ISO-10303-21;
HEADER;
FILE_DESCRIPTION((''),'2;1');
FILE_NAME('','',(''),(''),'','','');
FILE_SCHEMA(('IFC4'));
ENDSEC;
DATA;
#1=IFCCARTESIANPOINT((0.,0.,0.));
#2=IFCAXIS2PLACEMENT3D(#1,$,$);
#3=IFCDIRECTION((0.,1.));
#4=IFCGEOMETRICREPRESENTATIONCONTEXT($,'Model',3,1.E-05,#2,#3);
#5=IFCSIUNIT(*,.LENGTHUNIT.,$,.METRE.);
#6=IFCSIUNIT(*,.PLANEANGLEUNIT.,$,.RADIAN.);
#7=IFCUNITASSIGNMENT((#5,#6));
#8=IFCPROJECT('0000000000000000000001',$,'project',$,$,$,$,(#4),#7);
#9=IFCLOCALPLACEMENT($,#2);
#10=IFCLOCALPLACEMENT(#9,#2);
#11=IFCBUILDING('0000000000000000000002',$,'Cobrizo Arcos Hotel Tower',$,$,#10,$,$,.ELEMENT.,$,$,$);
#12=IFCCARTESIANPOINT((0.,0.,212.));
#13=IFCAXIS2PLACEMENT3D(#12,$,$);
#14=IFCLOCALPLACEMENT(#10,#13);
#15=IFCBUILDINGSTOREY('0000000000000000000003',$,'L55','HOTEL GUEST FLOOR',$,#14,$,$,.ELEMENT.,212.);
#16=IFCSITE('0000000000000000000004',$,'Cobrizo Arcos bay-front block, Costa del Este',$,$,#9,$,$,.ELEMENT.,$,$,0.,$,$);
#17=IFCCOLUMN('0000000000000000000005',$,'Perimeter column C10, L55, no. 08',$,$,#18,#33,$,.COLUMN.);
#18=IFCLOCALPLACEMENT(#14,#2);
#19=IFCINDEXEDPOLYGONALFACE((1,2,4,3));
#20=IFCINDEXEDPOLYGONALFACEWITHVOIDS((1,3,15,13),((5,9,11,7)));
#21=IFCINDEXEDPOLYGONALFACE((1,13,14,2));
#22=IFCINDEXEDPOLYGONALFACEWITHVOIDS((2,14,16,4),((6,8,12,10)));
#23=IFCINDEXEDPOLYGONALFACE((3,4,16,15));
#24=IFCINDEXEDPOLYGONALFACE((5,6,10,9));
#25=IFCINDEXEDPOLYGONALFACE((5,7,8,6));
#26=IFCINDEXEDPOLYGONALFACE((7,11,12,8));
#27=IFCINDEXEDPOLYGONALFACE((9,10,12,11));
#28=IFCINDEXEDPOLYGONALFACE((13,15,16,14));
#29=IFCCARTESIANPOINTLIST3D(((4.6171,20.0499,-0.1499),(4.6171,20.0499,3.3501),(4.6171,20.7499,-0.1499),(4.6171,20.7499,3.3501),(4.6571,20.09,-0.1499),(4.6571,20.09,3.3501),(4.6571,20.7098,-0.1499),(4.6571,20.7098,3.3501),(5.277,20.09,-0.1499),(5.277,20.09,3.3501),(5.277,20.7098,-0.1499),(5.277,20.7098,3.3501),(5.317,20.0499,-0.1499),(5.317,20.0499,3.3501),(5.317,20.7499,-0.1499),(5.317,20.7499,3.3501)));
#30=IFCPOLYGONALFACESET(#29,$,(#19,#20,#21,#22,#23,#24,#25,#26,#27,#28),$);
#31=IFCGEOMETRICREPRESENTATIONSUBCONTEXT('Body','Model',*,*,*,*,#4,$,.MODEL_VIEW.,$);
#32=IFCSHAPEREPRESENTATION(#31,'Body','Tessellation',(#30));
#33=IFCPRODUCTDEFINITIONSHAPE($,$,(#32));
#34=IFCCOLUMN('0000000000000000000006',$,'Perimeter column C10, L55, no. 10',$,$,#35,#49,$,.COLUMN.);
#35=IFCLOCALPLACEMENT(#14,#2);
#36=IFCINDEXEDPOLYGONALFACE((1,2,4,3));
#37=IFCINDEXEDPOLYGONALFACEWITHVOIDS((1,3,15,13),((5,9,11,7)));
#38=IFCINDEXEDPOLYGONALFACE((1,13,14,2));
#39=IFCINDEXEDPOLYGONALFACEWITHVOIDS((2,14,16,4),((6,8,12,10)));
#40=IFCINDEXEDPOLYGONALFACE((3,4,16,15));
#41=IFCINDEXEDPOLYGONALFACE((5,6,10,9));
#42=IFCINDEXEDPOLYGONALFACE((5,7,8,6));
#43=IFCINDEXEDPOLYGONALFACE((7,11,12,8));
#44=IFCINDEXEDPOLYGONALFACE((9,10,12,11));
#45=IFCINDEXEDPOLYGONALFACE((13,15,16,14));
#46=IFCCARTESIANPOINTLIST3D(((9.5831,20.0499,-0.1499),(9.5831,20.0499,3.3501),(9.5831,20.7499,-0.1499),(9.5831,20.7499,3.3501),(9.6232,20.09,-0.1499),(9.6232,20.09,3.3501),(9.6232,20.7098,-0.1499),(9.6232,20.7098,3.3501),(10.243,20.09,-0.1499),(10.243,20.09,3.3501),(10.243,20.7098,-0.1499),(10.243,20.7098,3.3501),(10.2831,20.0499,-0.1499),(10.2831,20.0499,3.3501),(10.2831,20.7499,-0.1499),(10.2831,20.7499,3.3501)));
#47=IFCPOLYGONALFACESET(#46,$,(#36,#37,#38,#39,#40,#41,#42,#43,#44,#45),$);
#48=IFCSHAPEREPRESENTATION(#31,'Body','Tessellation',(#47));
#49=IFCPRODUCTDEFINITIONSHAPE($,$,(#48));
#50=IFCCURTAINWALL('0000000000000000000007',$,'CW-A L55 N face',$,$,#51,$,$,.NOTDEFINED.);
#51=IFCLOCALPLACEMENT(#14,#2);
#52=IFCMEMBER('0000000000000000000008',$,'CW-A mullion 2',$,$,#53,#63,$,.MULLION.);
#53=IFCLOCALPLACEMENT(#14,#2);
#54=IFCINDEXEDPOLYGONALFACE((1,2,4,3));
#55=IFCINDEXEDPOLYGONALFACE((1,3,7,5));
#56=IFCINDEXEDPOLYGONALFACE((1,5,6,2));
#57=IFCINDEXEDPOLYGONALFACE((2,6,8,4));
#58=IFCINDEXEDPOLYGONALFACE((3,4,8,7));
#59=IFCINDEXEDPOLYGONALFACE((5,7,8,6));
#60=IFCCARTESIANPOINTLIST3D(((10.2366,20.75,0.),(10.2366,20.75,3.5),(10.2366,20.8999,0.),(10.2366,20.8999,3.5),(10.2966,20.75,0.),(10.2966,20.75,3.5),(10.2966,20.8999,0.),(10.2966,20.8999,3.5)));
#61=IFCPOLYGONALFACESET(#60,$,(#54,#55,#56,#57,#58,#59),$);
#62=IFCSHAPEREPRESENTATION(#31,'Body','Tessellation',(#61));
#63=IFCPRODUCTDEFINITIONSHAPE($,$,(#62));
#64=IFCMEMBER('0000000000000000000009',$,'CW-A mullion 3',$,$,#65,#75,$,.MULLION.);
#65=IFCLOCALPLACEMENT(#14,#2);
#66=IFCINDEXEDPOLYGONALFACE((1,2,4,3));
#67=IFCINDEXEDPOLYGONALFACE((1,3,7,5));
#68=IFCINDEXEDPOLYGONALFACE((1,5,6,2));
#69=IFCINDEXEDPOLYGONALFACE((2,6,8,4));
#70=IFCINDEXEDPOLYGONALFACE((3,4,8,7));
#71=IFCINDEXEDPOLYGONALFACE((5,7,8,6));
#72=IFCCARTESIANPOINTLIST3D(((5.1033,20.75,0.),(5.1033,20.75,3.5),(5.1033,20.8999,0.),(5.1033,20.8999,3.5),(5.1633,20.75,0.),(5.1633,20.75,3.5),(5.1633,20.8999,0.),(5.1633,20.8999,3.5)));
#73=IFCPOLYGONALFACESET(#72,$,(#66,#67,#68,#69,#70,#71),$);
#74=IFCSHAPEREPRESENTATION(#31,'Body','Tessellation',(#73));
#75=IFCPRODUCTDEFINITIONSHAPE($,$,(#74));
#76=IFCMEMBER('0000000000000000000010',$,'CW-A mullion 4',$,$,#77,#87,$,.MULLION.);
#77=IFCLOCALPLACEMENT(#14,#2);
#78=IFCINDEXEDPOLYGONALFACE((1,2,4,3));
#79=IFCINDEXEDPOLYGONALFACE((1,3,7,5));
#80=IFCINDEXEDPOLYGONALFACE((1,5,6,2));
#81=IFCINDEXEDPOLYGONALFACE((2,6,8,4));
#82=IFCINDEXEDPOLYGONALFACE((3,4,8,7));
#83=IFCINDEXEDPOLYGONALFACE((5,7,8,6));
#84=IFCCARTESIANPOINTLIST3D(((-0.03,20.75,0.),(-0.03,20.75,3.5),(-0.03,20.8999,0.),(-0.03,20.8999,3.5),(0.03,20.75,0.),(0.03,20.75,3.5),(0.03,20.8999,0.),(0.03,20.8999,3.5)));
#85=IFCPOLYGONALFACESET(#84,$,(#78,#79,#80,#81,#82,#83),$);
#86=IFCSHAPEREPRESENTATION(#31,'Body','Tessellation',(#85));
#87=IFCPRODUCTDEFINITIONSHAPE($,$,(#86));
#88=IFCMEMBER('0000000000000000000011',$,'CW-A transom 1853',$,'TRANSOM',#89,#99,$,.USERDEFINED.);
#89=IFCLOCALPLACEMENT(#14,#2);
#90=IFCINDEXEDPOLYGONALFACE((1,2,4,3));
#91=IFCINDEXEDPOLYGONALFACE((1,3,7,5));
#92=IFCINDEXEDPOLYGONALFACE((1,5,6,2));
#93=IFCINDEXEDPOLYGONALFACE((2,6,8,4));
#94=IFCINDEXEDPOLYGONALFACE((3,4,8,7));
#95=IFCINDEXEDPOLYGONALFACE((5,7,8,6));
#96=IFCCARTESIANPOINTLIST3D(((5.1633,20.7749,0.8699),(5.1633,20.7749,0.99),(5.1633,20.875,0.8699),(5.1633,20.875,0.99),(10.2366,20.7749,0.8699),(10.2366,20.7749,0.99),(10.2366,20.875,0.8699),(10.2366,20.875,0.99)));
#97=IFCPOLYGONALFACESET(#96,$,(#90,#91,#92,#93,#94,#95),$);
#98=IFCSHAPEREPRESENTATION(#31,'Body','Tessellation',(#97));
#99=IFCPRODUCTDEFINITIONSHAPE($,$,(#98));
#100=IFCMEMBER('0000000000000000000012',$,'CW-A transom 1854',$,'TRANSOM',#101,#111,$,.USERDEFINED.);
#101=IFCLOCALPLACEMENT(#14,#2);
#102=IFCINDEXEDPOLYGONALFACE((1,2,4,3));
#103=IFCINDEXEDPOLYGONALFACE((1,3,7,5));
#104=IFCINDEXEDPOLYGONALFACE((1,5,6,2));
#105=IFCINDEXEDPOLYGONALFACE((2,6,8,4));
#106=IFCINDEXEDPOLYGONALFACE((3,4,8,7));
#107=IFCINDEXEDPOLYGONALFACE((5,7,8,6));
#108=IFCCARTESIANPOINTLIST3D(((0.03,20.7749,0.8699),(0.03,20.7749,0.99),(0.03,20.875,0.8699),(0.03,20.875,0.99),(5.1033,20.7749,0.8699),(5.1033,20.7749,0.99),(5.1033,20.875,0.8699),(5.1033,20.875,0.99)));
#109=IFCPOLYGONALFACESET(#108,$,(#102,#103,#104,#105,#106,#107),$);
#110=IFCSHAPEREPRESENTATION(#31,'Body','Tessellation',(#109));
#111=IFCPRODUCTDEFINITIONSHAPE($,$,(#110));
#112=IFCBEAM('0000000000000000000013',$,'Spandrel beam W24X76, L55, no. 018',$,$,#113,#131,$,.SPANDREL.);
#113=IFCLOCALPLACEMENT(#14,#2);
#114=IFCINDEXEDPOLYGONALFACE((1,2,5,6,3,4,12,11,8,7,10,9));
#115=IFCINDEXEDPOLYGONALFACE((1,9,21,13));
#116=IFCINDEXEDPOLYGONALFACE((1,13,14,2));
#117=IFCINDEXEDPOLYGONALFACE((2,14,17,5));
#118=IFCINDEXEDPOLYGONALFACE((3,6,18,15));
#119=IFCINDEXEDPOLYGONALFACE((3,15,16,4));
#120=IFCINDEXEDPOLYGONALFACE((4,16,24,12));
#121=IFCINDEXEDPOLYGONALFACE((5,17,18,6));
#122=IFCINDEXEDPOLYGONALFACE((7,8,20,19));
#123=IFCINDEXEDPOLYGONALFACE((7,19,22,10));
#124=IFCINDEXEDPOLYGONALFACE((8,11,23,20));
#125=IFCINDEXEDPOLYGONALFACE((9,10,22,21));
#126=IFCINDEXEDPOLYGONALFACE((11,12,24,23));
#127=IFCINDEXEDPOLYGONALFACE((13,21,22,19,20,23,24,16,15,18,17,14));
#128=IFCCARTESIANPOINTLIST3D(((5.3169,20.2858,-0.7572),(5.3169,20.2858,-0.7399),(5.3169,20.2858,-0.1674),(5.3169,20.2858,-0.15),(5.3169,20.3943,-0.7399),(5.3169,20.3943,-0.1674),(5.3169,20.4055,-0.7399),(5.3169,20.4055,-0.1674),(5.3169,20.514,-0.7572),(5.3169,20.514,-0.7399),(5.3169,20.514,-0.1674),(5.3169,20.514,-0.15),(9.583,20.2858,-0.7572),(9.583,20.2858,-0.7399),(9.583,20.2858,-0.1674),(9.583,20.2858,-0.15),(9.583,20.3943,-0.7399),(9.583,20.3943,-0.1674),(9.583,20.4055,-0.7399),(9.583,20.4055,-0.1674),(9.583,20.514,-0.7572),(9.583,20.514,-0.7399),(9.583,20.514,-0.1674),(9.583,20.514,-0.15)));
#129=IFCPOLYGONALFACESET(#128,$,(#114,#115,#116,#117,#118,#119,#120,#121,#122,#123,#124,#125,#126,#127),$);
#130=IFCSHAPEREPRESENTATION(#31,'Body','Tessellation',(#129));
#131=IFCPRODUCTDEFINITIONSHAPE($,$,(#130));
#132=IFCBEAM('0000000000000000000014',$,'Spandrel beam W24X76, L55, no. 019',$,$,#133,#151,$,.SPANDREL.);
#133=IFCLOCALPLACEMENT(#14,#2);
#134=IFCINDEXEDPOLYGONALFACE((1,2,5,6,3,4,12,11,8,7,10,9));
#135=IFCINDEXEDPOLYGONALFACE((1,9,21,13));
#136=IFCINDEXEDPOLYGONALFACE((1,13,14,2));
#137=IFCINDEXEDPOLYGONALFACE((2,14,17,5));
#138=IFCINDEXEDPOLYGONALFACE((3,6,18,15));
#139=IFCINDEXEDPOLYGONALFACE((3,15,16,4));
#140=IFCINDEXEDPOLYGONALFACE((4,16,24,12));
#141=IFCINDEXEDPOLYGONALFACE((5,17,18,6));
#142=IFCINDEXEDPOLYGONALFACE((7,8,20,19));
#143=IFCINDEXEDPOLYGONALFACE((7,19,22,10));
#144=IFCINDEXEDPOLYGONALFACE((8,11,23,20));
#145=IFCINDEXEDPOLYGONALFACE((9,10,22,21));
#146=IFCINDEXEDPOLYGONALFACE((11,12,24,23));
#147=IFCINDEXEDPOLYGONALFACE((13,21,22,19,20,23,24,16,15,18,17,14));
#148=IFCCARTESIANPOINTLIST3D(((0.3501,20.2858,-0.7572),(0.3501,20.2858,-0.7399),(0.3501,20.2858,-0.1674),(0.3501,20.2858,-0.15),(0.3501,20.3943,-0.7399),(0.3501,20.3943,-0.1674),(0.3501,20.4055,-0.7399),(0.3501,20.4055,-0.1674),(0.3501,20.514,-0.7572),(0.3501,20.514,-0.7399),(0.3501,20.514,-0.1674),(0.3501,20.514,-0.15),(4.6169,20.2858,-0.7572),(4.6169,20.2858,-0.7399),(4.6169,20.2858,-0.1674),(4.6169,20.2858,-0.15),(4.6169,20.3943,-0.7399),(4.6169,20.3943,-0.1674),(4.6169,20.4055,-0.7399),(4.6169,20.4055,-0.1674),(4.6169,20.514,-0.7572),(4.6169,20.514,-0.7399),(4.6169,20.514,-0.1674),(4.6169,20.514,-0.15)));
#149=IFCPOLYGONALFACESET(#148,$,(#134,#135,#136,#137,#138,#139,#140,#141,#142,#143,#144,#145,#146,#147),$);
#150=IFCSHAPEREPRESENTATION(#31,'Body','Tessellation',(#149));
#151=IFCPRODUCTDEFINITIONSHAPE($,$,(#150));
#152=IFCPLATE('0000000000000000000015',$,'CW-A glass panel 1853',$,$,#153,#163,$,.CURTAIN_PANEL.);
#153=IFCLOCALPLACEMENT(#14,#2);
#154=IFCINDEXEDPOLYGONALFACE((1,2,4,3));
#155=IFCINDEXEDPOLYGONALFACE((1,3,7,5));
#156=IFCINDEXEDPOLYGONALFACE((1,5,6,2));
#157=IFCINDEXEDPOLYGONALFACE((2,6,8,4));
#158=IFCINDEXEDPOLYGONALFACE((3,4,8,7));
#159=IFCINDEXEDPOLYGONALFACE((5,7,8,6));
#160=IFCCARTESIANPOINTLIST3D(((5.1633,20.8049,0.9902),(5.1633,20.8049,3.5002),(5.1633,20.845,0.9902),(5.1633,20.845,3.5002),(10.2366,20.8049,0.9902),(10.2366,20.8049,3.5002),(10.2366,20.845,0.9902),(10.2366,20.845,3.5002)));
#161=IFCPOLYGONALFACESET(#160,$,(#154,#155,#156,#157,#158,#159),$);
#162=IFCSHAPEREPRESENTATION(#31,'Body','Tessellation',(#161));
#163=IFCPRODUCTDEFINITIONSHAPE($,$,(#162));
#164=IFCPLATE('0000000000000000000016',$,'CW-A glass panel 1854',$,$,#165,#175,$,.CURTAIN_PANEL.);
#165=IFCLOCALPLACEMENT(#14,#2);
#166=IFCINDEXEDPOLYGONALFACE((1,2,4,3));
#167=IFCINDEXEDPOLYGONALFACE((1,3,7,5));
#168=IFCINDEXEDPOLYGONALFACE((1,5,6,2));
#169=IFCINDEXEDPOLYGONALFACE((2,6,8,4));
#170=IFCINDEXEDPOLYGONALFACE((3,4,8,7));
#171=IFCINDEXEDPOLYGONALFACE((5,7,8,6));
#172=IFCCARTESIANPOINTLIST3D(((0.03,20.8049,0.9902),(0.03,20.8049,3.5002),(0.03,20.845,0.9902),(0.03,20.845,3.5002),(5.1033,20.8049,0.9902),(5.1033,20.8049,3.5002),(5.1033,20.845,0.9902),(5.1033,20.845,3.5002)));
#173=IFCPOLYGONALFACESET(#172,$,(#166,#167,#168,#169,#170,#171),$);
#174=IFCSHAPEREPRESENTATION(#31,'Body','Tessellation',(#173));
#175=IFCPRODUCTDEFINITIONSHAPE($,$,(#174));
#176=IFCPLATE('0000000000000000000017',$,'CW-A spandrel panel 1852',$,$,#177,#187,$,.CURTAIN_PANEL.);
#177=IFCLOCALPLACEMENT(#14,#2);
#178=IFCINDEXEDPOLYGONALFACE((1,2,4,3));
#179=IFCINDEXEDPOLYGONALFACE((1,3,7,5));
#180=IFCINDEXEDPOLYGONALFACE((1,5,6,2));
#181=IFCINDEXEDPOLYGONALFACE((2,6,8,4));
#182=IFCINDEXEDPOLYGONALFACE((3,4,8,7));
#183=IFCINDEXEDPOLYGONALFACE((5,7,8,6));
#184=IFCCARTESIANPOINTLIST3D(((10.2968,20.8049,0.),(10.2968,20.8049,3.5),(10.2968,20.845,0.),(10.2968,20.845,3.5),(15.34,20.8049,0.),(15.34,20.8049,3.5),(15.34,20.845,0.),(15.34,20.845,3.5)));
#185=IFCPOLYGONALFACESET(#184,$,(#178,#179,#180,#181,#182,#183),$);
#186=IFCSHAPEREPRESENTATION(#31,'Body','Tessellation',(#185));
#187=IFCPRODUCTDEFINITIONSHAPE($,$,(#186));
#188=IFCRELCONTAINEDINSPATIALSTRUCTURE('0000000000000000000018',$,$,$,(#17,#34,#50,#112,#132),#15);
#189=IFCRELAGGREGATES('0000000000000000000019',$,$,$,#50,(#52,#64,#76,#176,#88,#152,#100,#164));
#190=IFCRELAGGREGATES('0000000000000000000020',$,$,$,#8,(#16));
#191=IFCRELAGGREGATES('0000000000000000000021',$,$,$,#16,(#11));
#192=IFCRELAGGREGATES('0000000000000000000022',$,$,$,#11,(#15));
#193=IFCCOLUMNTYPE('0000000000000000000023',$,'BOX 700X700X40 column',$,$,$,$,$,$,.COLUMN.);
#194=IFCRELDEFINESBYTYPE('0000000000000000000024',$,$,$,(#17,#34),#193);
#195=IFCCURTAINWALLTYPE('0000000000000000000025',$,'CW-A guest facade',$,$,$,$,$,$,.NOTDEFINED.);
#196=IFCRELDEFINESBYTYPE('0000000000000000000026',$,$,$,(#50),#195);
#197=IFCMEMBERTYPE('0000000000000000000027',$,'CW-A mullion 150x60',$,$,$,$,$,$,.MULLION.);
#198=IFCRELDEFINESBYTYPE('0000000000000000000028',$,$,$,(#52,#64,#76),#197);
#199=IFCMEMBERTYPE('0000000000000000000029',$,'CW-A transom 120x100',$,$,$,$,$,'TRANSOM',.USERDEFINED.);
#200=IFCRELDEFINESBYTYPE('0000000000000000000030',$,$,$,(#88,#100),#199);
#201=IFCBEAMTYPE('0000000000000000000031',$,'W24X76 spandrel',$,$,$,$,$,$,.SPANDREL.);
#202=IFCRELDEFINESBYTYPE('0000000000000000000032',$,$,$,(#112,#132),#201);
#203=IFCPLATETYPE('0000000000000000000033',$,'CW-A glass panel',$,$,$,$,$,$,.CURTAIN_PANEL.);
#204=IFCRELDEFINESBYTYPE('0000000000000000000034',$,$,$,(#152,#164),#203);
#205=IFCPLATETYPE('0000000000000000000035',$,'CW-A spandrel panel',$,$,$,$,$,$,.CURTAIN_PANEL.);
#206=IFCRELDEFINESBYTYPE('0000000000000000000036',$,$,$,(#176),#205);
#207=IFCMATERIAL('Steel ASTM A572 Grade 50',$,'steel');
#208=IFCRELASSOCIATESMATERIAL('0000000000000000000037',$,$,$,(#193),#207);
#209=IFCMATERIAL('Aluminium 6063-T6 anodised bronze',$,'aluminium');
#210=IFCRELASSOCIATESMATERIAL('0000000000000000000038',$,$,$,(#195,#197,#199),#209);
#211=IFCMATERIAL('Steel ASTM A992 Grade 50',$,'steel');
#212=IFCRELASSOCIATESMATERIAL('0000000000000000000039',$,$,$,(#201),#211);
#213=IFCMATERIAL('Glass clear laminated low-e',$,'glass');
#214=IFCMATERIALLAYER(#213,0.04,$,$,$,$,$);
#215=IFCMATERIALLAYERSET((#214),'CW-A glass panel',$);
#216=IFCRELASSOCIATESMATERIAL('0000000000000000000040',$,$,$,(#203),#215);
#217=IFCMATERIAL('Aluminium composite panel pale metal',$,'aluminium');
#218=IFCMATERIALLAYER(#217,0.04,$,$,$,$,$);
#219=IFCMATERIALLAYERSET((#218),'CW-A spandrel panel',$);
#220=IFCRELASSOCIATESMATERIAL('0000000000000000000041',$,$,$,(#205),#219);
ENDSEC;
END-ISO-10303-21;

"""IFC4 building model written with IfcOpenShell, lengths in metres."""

from ifc_helpers import new_model, si_unit, direction, frame, origin, origin_2d, place, context, subcontext, project, spatial, rectangle, hollow_rectangle, i_section, extrude, material, layer, layer_set, material_profile, profile_set, type_object, element, aggregate, save


model = new_model("IFC4")

# Units and contexts
model_context = context("Model", 3, precision=1e-05, world=origin(), true_north=direction((0.0, 1.0)))
body_context = subcontext(model_context, "Body", "Model", "MODEL_VIEW")
ifc_project = project(units=[si_unit("LENGTHUNIT", "METRE"), si_unit("PLANEANGLEUNIT", "RADIAN")], contexts=[model_context])

# Site, building, storey
site_placement = place(None, origin())
site = spatial("IfcSite", under=ifc_project, at=site_placement, Name="Cobrizo Arcos bay-front block, Costa del Este", CompositionType="ELEMENT", RefElevation=0.0)
building_placement = place(site_placement, origin())
building = spatial("IfcBuilding", under=site, at=building_placement, Name="Cobrizo Arcos Hotel Tower", CompositionType="ELEMENT")
storey_placement = place(building_placement, frame((0.0, 0.0, 212.0)))
storey = spatial("IfcBuildingStorey", under=building, at=storey_placement, Name="L55", Description="HOTEL GUEST FLOOR", CompositionType="ELEMENT", Elevation=212.0)

# Columns
ifc_material_1 = material(Name="Steel ASTM A572 Grade 50", Category="steel")
ifc_material_profile_1 = material_profile(ifc_material_1, hollow_rectangle(XDim=0.7, YDim=0.7, WallThickness=0.04, at=origin_2d()), Name="BOX 700X700X40")
ifc_profile_set_1 = profile_set([ifc_material_profile_1], Name="Steel ASTM A572 Grade 50")
column_type = type_object("IfcColumnType", Name="BOX 700X700X40 column", PredefinedType="COLUMN", material=ifc_profile_set_1)
for number, where, z_axis, x_axis, name in (
    (1, (4.967, 20.3999, -0.1499), (0.0, 0.0, 1.0), (1.0, 0.0, 0.0), "Perimeter column C10, L55, no. 08"),
    (2, (9.9331, 20.3999, -0.1499), (0.0, 0.0, 1.0), (1.0, 0.0, 0.0), "Perimeter column C10, L55, no. 10"),
):
    element("IfcColumn", number, at=place(storey_placement, frame(where, z_axis=z_axis, x_axis=x_axis)), inside=storey, type_object=column_type, Name=name, PredefinedType="COLUMN", context=body_context, shape_type="SweptSolid", body=[
        extrude(hollow_rectangle(XDim=0.7, YDim=0.7, WallThickness=0.04, at=origin_2d()), origin(), (0.0, 0.0, 1.0), 3.5),
    ])

# Curtain wall, members
ifc_material_2 = material(Name="Aluminium 6063-T6 anodised bronze", Category="aluminium")
curtain_wall_type = type_object("IfcCurtainWallType", Name="CW-A guest facade", PredefinedType="NOTDEFINED", material=ifc_material_2)
curtain_wall_placement = place(storey_placement, origin())
curtain_wall = element("IfcCurtainWall", 3, at=curtain_wall_placement, inside=storey, type_object=curtain_wall_type, Name="CW-A L55 N face", PredefinedType="NOTDEFINED")
ifc_material_profile_2 = material_profile(ifc_material_2, rectangle(XDim=0.1499, YDim=0.0601, at=origin_2d()), Name="CW-A mullion 150x60")
ifc_profile_set_2 = profile_set([ifc_material_profile_2], Name="Aluminium 6063-T6 anodised bronze")
member_type_1 = type_object("IfcMemberType", Name="CW-A mullion 150x60", PredefinedType="MULLION", material=ifc_profile_set_2)
member_1_placement = place(storey_placement, frame((10.2666, 20.825, 0.0), z_axis=(0.0, 0.0, 1.0), x_axis=(0.0, 1.0, 0.0)))
member_1 = element("IfcMember", 4, at=member_1_placement, type_object=member_type_1, Name="CW-A mullion 2", PredefinedType="MULLION", context=body_context, shape_type="SweptSolid", body=[
    extrude(rectangle(XDim=0.1499, YDim=0.0601, at=origin_2d()), origin(), (0.0, 0.0, 1.0), 3.5),
])
member_2_placement = place(storey_placement, frame((5.1333, 20.825, 0.0), z_axis=(0.0, 0.0, 1.0), x_axis=(0.0, 1.0, 0.0)))
member_2 = element("IfcMember", 5, at=member_2_placement, type_object=member_type_1, Name="CW-A mullion 3", PredefinedType="MULLION", context=body_context, shape_type="SweptSolid", body=[
    extrude(rectangle(XDim=0.1499, YDim=0.0601, at=origin_2d()), origin(), (0.0, 0.0, 1.0), 3.5),
])
member_3_placement = place(storey_placement, frame((0.0, 20.825, 0.0), z_axis=(0.0, 0.0, 1.0), x_axis=(0.0, 1.0, 0.0)))
member_3 = element("IfcMember", 6, at=member_3_placement, type_object=member_type_1, Name="CW-A mullion 4", PredefinedType="MULLION", context=body_context, shape_type="SweptSolid", body=[
    extrude(rectangle(XDim=0.1499, YDim=0.0601, at=origin_2d()), origin(), (0.0, 0.0, 1.0), 3.5),
])
ifc_material_profile_3 = material_profile(ifc_material_2, rectangle(XDim=0.1001, YDim=0.1201, at=origin_2d()), Name="CW-A transom 120x100")
ifc_profile_set_3 = profile_set([ifc_material_profile_3], Name="Aluminium 6063-T6 anodised bronze")
member_type_2 = type_object("IfcMemberType", Name="CW-A transom 120x100", ElementType="TRANSOM", PredefinedType="USERDEFINED", material=ifc_profile_set_3)
member_4_placement = place(storey_placement, frame((10.2366, 20.825, 0.9299), z_axis=(-1.0, 0.0, 0.0), x_axis=(0.0, -1.0, 0.0)))
member_4 = element("IfcMember", 7, at=member_4_placement, type_object=member_type_2, Name="CW-A transom 1853", ObjectType="TRANSOM", PredefinedType="USERDEFINED", context=body_context, shape_type="SweptSolid", body=[
    extrude(rectangle(XDim=0.1001, YDim=0.1201, at=origin_2d()), origin(), (0.0, 0.0, 1.0), 5.0732),
])
member_5_placement = place(storey_placement, frame((5.1033, 20.825, 0.9299), z_axis=(-1.0, 0.0, 0.0), x_axis=(0.0, -1.0, 0.0)))
member_5 = element("IfcMember", 8, at=member_5_placement, type_object=member_type_2, Name="CW-A transom 1854", ObjectType="TRANSOM", PredefinedType="USERDEFINED", context=body_context, shape_type="SweptSolid", body=[
    extrude(rectangle(XDim=0.1001, YDim=0.1201, at=origin_2d()), origin(), (0.0, 0.0, 1.0), 5.0732),
])

# Beams
ifc_material_3 = material(Name="Steel ASTM A992 Grade 50", Category="steel")
ifc_material_profile_4 = material_profile(ifc_material_3, i_section(OverallWidth=0.2283, OverallDepth=0.6072, WebThickness=0.0112, FlangeThickness=0.0173, at=origin_2d()), Name="W24X76")
ifc_profile_set_4 = profile_set([ifc_material_profile_4], Name="Steel ASTM A992 Grade 50")
beam_type = type_object("IfcBeamType", Name="W24X76 spandrel", PredefinedType="SPANDREL", material=ifc_profile_set_4)
beam_1_placement = place(storey_placement, frame((9.583, 20.3999, -0.4536), z_axis=(-1.0, 0.0, 0.0), x_axis=(0.0, -1.0, 0.0)))
element("IfcBeam", 9, at=beam_1_placement, inside=storey, type_object=beam_type, Name="Spandrel beam W24X76, L55, no. 018", PredefinedType="SPANDREL", context=body_context, shape_type="SweptSolid", body=[
    extrude(i_section(OverallWidth=0.2283, OverallDepth=0.6072, WebThickness=0.0112, FlangeThickness=0.0173, at=origin_2d()), origin(), (0.0, 0.0, 1.0), 4.2661),
])
beam_2_placement = place(storey_placement, frame((4.6169, 20.3999, -0.4536), z_axis=(-1.0, 0.0, 0.0), x_axis=(0.0, -1.0, 0.0)))
element("IfcBeam", 10, at=beam_2_placement, inside=storey, type_object=beam_type, Name="Spandrel beam W24X76, L55, no. 019", PredefinedType="SPANDREL", context=body_context, shape_type="SweptSolid", body=[
    extrude(i_section(OverallWidth=0.2283, OverallDepth=0.6072, WebThickness=0.0112, FlangeThickness=0.0173, at=origin_2d()), origin(), (0.0, 0.0, 1.0), 4.2668),
])

# Plates
ifc_material_4 = material(Name="Glass clear laminated low-e", Category="glass")
ifc_layer_1 = layer(ifc_material_4, 0.04)
ifc_layer_set_1 = layer_set([ifc_layer_1], Name="CW-A glass panel")
plate_type_1 = type_object("IfcPlateType", Name="CW-A glass panel", PredefinedType="CURTAIN_PANEL", material=ifc_layer_set_1)
plate_1_placement = place(storey_placement, frame((7.7, 20.825, 0.9902), z_axis=(0.0, 0.0, 1.0), x_axis=(-1.0, 0.0, 0.0)))
plate_1 = element("IfcPlate", 11, at=plate_1_placement, type_object=plate_type_1, Name="CW-A glass panel 1853", PredefinedType="CURTAIN_PANEL", context=body_context, shape_type="SweptSolid", body=[
    extrude(rectangle(XDim=5.0732, YDim=0.04, at=origin_2d()), origin(), (0.0, 0.0, 1.0), 2.51),
])
plate_2_placement = place(storey_placement, frame((2.5667, 20.825, 0.9902), z_axis=(0.0, 0.0, 1.0), x_axis=(-1.0, 0.0, 0.0)))
plate_2 = element("IfcPlate", 12, at=plate_2_placement, type_object=plate_type_1, Name="CW-A glass panel 1854", PredefinedType="CURTAIN_PANEL", context=body_context, shape_type="SweptSolid", body=[
    extrude(rectangle(XDim=5.0732, YDim=0.04, at=origin_2d()), origin(), (0.0, 0.0, 1.0), 2.51),
])
ifc_material_5 = material(Name="Aluminium composite panel pale metal", Category="aluminium")
ifc_layer_2 = layer(ifc_material_5, 0.04)
ifc_layer_set_2 = layer_set([ifc_layer_2], Name="CW-A spandrel panel")
plate_type_2 = type_object("IfcPlateType", Name="CW-A spandrel panel", PredefinedType="CURTAIN_PANEL", material=ifc_layer_set_2)
plate_3_placement = place(storey_placement, frame((12.8184, 20.825, 0.0), z_axis=(0.0, 0.0, 1.0), x_axis=(-1.0, 0.0, 0.0)))
plate_3 = element("IfcPlate", 13, at=plate_3_placement, type_object=plate_type_2, Name="CW-A spandrel panel 1852", PredefinedType="CURTAIN_PANEL", context=body_context, shape_type="SweptSolid", body=[
    extrude(rectangle(XDim=5.0432, YDim=0.04, at=origin_2d()), origin(), (0.0, 0.0, 1.0), 3.5),
])
aggregate(curtain_wall, [member_1, member_2, member_3, plate_3, member_4, plate_1, member_5, plate_2])

save(model, "model.ifc")
